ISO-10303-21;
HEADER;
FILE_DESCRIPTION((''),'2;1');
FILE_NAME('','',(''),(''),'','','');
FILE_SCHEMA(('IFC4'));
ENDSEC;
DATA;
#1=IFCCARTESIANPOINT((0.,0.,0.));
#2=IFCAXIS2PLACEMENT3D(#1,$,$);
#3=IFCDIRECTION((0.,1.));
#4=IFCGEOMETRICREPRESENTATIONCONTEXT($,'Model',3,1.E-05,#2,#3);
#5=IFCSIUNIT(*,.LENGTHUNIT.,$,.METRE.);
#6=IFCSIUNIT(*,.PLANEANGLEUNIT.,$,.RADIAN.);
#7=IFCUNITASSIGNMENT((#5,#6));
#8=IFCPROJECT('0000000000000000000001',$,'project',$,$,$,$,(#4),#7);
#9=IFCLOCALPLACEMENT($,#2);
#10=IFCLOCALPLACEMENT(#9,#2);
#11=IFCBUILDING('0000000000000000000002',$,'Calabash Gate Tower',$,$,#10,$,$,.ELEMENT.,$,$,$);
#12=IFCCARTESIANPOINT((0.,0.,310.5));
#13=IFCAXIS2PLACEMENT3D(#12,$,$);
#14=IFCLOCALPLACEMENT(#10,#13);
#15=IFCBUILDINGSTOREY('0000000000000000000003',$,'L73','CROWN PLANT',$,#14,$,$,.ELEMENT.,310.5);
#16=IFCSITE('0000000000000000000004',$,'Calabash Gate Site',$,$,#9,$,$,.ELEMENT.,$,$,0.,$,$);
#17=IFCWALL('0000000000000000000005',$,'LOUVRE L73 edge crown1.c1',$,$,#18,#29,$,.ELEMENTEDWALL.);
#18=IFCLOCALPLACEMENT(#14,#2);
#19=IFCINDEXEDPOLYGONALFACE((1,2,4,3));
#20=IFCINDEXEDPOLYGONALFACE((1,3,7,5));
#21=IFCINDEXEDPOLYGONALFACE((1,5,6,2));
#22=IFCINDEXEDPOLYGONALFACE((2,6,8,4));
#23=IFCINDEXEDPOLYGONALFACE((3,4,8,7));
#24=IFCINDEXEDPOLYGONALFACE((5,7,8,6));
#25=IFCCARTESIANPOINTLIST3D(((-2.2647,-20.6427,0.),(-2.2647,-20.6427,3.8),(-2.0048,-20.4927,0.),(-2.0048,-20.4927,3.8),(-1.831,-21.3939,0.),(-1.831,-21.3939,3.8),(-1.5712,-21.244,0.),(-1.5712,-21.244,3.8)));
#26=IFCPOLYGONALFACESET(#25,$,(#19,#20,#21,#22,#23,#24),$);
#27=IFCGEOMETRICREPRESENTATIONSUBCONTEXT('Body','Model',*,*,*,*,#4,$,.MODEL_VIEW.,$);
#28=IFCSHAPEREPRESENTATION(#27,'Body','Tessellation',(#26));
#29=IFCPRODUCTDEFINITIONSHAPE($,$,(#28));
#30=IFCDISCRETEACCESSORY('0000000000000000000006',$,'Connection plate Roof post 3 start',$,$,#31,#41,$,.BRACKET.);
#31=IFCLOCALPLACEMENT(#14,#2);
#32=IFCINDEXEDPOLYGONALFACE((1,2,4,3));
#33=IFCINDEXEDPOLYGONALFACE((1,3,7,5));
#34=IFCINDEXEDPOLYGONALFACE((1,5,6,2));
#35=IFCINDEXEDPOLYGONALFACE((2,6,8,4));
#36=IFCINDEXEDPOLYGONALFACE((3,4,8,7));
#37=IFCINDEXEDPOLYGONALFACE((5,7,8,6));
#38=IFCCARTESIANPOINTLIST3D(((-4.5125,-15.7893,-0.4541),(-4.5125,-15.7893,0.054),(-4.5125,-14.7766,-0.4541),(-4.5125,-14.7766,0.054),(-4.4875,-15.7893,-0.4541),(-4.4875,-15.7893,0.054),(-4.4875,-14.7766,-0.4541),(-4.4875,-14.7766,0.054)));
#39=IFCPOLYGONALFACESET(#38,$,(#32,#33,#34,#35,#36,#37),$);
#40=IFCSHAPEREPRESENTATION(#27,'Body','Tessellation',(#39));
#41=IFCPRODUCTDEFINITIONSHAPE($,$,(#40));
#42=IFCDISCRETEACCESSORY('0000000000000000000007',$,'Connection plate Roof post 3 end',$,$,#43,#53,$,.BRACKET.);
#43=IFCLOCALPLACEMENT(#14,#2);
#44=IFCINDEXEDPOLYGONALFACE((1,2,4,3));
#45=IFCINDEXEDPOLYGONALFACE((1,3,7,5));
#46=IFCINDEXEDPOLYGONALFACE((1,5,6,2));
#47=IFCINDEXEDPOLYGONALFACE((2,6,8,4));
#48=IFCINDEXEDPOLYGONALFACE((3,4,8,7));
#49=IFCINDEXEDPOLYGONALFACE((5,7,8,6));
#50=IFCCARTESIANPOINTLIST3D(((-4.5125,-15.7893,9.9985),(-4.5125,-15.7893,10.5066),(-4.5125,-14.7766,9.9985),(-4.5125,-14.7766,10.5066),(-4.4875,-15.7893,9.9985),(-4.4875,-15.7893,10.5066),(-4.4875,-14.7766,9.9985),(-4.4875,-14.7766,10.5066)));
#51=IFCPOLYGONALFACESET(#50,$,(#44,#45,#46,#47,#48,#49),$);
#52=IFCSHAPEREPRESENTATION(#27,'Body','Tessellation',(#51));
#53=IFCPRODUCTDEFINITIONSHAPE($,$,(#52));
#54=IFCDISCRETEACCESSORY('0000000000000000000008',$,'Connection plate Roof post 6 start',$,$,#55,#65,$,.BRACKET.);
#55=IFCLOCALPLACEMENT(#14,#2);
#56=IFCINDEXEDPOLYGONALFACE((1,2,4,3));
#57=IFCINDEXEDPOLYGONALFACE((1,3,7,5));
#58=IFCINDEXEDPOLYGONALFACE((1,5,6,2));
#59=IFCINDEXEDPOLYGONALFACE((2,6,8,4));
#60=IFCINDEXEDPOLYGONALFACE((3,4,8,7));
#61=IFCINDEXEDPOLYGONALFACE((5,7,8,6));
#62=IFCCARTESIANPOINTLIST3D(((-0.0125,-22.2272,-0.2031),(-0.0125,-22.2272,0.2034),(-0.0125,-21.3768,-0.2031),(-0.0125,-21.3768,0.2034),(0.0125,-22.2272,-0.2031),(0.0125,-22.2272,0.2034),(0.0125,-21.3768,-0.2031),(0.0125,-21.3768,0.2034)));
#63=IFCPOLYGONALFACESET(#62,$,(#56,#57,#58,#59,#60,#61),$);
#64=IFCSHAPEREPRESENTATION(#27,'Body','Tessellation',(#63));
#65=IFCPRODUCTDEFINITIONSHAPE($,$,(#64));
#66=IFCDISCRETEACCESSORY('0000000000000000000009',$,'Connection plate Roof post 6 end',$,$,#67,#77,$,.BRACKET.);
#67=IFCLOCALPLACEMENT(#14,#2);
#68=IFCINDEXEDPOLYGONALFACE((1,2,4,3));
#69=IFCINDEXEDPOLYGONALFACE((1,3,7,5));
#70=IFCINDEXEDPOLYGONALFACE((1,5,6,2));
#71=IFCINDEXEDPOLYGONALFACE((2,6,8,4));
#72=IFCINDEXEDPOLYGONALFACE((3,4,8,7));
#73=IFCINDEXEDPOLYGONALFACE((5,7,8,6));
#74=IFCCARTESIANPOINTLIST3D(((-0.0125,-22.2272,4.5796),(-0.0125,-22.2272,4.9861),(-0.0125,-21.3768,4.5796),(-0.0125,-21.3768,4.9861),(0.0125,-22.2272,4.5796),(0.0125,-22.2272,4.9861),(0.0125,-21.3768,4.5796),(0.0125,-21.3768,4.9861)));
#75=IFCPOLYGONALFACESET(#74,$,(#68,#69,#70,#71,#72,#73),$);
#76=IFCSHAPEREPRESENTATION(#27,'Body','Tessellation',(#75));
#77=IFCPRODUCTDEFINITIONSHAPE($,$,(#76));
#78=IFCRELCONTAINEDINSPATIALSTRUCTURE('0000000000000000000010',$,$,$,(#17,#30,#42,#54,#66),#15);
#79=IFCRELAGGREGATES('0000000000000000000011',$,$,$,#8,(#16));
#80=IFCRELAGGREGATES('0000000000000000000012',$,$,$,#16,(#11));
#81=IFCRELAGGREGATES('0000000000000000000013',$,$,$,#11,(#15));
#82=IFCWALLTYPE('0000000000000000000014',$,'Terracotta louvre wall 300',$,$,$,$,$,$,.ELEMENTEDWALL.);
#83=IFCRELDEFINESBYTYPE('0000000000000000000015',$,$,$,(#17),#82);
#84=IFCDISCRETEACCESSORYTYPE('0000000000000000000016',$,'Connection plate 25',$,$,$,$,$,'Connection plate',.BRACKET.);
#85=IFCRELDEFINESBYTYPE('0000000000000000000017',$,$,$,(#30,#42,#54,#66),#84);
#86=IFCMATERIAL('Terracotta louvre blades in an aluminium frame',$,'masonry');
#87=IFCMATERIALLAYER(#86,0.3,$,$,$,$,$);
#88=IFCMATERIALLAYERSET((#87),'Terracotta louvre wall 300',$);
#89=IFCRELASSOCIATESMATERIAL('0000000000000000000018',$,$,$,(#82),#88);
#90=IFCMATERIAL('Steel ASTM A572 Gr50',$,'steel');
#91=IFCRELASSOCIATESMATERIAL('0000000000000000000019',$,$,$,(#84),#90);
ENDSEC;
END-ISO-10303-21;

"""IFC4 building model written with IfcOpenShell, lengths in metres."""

from ifc_helpers import new_model, si_unit, direction, frame, frame_2d, origin, origin_2d, place, context, subcontext, project, spatial, rectangle, extrude, material, layer, layer_set, type_object, element, save


model = new_model("IFC4")

# Units and contexts
model_context = context("Model", 3, precision=1e-05, world=origin(), true_north=direction((0.0, 1.0)))
body_context = subcontext(model_context, "Body", "Model", "MODEL_VIEW")
ifc_project = project(units=[si_unit("LENGTHUNIT", "METRE"), si_unit("PLANEANGLEUNIT", "RADIAN")], contexts=[model_context])

# Site, building, storey
site_placement = place(None, origin())
site = spatial("IfcSite", under=ifc_project, at=site_placement, Name="Calabash Gate Site", CompositionType="ELEMENT", RefElevation=0.0)
building_placement = place(site_placement, origin())
building = spatial("IfcBuilding", under=site, at=building_placement, Name="Calabash Gate Tower", CompositionType="ELEMENT")
storey_placement = place(building_placement, frame((0.0, 0.0, 310.5)))
storey = spatial("IfcBuildingStorey", under=building, at=storey_placement, Name="L73", Description="CROWN PLANT", CompositionType="ELEMENT", Elevation=310.5)

# Wall
ifc_material_1 = material(Name="Terracotta louvre blades in an aluminium frame", Category="masonry")
ifc_layer_1 = layer(ifc_material_1, 0.3)
ifc_layer_set_1 = layer_set([ifc_layer_1], Name="Terracotta louvre wall 300")
wall_type_1 = type_object("IfcWallType", Name="Terracotta louvre wall 300", PredefinedType="ELEMENTEDWALL", material=ifc_layer_set_1)
wall_1_placement = place(storey_placement, frame((-1.7012, -21.3188, 0.0), z_axis=(0.0, 0.0, 1.0), x_axis=(-0.499893, 0.866087, 0.0)))
element("IfcWall", 1, at=wall_1_placement, inside=storey, type_object=wall_type_1, Name="LOUVRE L73 edge crown1.c1", PredefinedType="ELEMENTEDWALL", context=body_context, shape_type="SweptSolid", body=[
    extrude(rectangle(XDim=0.8674, YDim=0.3, at=frame_2d((0.4336, 0.0))), origin(), (0.0, 0.0, 1.0), 3.8),
])

# Discrete accessories
ifc_material_2 = material(Name="Steel ASTM A572 Gr50", Category="steel")
discrete_accessory_type = type_object("IfcDiscreteAccessoryType", Name="Connection plate 25", ElementType="Connection plate", PredefinedType="BRACKET", material=ifc_material_2)
for number, where, z_axis, x_axis, name in (
    (2, (-4.5, -15.283, -0.4541), (0.0, 0.0, 1.0), (0.0, 1.0, 0.0), "Connection plate Roof post 3 start"),
    (3, (-4.5, -15.283, 9.9985), (0.0, 0.0, 1.0), (0.0, 1.0, 0.0), "Connection plate Roof post 3 end"),
):
    element("IfcDiscreteAccessory", number, at=place(storey_placement, frame(where, z_axis=z_axis, x_axis=x_axis)), inside=storey, type_object=discrete_accessory_type, Name=name, PredefinedType="BRACKET", context=body_context, shape_type="SweptSolid", body=[
        extrude(rectangle(XDim=1.0127, YDim=0.0249, at=origin_2d()), origin(), (0.0, 0.0, 1.0), 0.5081),
    ])
for number, where, z_axis, x_axis, name in (
    (4, (0.0, -21.802, -0.2031), (0.0, 0.0, 1.0), (0.0, 1.0, 0.0), "Connection plate Roof post 6 start"),
    (5, (0.0, -21.802, 4.5796), (0.0, 0.0, 1.0), (0.0, 1.0, 0.0), "Connection plate Roof post 6 end"),
):
    element("IfcDiscreteAccessory", number, at=place(storey_placement, frame(where, z_axis=z_axis, x_axis=x_axis)), inside=storey, type_object=discrete_accessory_type, Name=name, PredefinedType="BRACKET", context=body_context, shape_type="SweptSolid", body=[
        extrude(rectangle(XDim=0.8503, YDim=0.0249, at=origin_2d()), origin(), (0.0, 0.0, 1.0), 0.4065),
    ])

save(model, "model.ifc")
